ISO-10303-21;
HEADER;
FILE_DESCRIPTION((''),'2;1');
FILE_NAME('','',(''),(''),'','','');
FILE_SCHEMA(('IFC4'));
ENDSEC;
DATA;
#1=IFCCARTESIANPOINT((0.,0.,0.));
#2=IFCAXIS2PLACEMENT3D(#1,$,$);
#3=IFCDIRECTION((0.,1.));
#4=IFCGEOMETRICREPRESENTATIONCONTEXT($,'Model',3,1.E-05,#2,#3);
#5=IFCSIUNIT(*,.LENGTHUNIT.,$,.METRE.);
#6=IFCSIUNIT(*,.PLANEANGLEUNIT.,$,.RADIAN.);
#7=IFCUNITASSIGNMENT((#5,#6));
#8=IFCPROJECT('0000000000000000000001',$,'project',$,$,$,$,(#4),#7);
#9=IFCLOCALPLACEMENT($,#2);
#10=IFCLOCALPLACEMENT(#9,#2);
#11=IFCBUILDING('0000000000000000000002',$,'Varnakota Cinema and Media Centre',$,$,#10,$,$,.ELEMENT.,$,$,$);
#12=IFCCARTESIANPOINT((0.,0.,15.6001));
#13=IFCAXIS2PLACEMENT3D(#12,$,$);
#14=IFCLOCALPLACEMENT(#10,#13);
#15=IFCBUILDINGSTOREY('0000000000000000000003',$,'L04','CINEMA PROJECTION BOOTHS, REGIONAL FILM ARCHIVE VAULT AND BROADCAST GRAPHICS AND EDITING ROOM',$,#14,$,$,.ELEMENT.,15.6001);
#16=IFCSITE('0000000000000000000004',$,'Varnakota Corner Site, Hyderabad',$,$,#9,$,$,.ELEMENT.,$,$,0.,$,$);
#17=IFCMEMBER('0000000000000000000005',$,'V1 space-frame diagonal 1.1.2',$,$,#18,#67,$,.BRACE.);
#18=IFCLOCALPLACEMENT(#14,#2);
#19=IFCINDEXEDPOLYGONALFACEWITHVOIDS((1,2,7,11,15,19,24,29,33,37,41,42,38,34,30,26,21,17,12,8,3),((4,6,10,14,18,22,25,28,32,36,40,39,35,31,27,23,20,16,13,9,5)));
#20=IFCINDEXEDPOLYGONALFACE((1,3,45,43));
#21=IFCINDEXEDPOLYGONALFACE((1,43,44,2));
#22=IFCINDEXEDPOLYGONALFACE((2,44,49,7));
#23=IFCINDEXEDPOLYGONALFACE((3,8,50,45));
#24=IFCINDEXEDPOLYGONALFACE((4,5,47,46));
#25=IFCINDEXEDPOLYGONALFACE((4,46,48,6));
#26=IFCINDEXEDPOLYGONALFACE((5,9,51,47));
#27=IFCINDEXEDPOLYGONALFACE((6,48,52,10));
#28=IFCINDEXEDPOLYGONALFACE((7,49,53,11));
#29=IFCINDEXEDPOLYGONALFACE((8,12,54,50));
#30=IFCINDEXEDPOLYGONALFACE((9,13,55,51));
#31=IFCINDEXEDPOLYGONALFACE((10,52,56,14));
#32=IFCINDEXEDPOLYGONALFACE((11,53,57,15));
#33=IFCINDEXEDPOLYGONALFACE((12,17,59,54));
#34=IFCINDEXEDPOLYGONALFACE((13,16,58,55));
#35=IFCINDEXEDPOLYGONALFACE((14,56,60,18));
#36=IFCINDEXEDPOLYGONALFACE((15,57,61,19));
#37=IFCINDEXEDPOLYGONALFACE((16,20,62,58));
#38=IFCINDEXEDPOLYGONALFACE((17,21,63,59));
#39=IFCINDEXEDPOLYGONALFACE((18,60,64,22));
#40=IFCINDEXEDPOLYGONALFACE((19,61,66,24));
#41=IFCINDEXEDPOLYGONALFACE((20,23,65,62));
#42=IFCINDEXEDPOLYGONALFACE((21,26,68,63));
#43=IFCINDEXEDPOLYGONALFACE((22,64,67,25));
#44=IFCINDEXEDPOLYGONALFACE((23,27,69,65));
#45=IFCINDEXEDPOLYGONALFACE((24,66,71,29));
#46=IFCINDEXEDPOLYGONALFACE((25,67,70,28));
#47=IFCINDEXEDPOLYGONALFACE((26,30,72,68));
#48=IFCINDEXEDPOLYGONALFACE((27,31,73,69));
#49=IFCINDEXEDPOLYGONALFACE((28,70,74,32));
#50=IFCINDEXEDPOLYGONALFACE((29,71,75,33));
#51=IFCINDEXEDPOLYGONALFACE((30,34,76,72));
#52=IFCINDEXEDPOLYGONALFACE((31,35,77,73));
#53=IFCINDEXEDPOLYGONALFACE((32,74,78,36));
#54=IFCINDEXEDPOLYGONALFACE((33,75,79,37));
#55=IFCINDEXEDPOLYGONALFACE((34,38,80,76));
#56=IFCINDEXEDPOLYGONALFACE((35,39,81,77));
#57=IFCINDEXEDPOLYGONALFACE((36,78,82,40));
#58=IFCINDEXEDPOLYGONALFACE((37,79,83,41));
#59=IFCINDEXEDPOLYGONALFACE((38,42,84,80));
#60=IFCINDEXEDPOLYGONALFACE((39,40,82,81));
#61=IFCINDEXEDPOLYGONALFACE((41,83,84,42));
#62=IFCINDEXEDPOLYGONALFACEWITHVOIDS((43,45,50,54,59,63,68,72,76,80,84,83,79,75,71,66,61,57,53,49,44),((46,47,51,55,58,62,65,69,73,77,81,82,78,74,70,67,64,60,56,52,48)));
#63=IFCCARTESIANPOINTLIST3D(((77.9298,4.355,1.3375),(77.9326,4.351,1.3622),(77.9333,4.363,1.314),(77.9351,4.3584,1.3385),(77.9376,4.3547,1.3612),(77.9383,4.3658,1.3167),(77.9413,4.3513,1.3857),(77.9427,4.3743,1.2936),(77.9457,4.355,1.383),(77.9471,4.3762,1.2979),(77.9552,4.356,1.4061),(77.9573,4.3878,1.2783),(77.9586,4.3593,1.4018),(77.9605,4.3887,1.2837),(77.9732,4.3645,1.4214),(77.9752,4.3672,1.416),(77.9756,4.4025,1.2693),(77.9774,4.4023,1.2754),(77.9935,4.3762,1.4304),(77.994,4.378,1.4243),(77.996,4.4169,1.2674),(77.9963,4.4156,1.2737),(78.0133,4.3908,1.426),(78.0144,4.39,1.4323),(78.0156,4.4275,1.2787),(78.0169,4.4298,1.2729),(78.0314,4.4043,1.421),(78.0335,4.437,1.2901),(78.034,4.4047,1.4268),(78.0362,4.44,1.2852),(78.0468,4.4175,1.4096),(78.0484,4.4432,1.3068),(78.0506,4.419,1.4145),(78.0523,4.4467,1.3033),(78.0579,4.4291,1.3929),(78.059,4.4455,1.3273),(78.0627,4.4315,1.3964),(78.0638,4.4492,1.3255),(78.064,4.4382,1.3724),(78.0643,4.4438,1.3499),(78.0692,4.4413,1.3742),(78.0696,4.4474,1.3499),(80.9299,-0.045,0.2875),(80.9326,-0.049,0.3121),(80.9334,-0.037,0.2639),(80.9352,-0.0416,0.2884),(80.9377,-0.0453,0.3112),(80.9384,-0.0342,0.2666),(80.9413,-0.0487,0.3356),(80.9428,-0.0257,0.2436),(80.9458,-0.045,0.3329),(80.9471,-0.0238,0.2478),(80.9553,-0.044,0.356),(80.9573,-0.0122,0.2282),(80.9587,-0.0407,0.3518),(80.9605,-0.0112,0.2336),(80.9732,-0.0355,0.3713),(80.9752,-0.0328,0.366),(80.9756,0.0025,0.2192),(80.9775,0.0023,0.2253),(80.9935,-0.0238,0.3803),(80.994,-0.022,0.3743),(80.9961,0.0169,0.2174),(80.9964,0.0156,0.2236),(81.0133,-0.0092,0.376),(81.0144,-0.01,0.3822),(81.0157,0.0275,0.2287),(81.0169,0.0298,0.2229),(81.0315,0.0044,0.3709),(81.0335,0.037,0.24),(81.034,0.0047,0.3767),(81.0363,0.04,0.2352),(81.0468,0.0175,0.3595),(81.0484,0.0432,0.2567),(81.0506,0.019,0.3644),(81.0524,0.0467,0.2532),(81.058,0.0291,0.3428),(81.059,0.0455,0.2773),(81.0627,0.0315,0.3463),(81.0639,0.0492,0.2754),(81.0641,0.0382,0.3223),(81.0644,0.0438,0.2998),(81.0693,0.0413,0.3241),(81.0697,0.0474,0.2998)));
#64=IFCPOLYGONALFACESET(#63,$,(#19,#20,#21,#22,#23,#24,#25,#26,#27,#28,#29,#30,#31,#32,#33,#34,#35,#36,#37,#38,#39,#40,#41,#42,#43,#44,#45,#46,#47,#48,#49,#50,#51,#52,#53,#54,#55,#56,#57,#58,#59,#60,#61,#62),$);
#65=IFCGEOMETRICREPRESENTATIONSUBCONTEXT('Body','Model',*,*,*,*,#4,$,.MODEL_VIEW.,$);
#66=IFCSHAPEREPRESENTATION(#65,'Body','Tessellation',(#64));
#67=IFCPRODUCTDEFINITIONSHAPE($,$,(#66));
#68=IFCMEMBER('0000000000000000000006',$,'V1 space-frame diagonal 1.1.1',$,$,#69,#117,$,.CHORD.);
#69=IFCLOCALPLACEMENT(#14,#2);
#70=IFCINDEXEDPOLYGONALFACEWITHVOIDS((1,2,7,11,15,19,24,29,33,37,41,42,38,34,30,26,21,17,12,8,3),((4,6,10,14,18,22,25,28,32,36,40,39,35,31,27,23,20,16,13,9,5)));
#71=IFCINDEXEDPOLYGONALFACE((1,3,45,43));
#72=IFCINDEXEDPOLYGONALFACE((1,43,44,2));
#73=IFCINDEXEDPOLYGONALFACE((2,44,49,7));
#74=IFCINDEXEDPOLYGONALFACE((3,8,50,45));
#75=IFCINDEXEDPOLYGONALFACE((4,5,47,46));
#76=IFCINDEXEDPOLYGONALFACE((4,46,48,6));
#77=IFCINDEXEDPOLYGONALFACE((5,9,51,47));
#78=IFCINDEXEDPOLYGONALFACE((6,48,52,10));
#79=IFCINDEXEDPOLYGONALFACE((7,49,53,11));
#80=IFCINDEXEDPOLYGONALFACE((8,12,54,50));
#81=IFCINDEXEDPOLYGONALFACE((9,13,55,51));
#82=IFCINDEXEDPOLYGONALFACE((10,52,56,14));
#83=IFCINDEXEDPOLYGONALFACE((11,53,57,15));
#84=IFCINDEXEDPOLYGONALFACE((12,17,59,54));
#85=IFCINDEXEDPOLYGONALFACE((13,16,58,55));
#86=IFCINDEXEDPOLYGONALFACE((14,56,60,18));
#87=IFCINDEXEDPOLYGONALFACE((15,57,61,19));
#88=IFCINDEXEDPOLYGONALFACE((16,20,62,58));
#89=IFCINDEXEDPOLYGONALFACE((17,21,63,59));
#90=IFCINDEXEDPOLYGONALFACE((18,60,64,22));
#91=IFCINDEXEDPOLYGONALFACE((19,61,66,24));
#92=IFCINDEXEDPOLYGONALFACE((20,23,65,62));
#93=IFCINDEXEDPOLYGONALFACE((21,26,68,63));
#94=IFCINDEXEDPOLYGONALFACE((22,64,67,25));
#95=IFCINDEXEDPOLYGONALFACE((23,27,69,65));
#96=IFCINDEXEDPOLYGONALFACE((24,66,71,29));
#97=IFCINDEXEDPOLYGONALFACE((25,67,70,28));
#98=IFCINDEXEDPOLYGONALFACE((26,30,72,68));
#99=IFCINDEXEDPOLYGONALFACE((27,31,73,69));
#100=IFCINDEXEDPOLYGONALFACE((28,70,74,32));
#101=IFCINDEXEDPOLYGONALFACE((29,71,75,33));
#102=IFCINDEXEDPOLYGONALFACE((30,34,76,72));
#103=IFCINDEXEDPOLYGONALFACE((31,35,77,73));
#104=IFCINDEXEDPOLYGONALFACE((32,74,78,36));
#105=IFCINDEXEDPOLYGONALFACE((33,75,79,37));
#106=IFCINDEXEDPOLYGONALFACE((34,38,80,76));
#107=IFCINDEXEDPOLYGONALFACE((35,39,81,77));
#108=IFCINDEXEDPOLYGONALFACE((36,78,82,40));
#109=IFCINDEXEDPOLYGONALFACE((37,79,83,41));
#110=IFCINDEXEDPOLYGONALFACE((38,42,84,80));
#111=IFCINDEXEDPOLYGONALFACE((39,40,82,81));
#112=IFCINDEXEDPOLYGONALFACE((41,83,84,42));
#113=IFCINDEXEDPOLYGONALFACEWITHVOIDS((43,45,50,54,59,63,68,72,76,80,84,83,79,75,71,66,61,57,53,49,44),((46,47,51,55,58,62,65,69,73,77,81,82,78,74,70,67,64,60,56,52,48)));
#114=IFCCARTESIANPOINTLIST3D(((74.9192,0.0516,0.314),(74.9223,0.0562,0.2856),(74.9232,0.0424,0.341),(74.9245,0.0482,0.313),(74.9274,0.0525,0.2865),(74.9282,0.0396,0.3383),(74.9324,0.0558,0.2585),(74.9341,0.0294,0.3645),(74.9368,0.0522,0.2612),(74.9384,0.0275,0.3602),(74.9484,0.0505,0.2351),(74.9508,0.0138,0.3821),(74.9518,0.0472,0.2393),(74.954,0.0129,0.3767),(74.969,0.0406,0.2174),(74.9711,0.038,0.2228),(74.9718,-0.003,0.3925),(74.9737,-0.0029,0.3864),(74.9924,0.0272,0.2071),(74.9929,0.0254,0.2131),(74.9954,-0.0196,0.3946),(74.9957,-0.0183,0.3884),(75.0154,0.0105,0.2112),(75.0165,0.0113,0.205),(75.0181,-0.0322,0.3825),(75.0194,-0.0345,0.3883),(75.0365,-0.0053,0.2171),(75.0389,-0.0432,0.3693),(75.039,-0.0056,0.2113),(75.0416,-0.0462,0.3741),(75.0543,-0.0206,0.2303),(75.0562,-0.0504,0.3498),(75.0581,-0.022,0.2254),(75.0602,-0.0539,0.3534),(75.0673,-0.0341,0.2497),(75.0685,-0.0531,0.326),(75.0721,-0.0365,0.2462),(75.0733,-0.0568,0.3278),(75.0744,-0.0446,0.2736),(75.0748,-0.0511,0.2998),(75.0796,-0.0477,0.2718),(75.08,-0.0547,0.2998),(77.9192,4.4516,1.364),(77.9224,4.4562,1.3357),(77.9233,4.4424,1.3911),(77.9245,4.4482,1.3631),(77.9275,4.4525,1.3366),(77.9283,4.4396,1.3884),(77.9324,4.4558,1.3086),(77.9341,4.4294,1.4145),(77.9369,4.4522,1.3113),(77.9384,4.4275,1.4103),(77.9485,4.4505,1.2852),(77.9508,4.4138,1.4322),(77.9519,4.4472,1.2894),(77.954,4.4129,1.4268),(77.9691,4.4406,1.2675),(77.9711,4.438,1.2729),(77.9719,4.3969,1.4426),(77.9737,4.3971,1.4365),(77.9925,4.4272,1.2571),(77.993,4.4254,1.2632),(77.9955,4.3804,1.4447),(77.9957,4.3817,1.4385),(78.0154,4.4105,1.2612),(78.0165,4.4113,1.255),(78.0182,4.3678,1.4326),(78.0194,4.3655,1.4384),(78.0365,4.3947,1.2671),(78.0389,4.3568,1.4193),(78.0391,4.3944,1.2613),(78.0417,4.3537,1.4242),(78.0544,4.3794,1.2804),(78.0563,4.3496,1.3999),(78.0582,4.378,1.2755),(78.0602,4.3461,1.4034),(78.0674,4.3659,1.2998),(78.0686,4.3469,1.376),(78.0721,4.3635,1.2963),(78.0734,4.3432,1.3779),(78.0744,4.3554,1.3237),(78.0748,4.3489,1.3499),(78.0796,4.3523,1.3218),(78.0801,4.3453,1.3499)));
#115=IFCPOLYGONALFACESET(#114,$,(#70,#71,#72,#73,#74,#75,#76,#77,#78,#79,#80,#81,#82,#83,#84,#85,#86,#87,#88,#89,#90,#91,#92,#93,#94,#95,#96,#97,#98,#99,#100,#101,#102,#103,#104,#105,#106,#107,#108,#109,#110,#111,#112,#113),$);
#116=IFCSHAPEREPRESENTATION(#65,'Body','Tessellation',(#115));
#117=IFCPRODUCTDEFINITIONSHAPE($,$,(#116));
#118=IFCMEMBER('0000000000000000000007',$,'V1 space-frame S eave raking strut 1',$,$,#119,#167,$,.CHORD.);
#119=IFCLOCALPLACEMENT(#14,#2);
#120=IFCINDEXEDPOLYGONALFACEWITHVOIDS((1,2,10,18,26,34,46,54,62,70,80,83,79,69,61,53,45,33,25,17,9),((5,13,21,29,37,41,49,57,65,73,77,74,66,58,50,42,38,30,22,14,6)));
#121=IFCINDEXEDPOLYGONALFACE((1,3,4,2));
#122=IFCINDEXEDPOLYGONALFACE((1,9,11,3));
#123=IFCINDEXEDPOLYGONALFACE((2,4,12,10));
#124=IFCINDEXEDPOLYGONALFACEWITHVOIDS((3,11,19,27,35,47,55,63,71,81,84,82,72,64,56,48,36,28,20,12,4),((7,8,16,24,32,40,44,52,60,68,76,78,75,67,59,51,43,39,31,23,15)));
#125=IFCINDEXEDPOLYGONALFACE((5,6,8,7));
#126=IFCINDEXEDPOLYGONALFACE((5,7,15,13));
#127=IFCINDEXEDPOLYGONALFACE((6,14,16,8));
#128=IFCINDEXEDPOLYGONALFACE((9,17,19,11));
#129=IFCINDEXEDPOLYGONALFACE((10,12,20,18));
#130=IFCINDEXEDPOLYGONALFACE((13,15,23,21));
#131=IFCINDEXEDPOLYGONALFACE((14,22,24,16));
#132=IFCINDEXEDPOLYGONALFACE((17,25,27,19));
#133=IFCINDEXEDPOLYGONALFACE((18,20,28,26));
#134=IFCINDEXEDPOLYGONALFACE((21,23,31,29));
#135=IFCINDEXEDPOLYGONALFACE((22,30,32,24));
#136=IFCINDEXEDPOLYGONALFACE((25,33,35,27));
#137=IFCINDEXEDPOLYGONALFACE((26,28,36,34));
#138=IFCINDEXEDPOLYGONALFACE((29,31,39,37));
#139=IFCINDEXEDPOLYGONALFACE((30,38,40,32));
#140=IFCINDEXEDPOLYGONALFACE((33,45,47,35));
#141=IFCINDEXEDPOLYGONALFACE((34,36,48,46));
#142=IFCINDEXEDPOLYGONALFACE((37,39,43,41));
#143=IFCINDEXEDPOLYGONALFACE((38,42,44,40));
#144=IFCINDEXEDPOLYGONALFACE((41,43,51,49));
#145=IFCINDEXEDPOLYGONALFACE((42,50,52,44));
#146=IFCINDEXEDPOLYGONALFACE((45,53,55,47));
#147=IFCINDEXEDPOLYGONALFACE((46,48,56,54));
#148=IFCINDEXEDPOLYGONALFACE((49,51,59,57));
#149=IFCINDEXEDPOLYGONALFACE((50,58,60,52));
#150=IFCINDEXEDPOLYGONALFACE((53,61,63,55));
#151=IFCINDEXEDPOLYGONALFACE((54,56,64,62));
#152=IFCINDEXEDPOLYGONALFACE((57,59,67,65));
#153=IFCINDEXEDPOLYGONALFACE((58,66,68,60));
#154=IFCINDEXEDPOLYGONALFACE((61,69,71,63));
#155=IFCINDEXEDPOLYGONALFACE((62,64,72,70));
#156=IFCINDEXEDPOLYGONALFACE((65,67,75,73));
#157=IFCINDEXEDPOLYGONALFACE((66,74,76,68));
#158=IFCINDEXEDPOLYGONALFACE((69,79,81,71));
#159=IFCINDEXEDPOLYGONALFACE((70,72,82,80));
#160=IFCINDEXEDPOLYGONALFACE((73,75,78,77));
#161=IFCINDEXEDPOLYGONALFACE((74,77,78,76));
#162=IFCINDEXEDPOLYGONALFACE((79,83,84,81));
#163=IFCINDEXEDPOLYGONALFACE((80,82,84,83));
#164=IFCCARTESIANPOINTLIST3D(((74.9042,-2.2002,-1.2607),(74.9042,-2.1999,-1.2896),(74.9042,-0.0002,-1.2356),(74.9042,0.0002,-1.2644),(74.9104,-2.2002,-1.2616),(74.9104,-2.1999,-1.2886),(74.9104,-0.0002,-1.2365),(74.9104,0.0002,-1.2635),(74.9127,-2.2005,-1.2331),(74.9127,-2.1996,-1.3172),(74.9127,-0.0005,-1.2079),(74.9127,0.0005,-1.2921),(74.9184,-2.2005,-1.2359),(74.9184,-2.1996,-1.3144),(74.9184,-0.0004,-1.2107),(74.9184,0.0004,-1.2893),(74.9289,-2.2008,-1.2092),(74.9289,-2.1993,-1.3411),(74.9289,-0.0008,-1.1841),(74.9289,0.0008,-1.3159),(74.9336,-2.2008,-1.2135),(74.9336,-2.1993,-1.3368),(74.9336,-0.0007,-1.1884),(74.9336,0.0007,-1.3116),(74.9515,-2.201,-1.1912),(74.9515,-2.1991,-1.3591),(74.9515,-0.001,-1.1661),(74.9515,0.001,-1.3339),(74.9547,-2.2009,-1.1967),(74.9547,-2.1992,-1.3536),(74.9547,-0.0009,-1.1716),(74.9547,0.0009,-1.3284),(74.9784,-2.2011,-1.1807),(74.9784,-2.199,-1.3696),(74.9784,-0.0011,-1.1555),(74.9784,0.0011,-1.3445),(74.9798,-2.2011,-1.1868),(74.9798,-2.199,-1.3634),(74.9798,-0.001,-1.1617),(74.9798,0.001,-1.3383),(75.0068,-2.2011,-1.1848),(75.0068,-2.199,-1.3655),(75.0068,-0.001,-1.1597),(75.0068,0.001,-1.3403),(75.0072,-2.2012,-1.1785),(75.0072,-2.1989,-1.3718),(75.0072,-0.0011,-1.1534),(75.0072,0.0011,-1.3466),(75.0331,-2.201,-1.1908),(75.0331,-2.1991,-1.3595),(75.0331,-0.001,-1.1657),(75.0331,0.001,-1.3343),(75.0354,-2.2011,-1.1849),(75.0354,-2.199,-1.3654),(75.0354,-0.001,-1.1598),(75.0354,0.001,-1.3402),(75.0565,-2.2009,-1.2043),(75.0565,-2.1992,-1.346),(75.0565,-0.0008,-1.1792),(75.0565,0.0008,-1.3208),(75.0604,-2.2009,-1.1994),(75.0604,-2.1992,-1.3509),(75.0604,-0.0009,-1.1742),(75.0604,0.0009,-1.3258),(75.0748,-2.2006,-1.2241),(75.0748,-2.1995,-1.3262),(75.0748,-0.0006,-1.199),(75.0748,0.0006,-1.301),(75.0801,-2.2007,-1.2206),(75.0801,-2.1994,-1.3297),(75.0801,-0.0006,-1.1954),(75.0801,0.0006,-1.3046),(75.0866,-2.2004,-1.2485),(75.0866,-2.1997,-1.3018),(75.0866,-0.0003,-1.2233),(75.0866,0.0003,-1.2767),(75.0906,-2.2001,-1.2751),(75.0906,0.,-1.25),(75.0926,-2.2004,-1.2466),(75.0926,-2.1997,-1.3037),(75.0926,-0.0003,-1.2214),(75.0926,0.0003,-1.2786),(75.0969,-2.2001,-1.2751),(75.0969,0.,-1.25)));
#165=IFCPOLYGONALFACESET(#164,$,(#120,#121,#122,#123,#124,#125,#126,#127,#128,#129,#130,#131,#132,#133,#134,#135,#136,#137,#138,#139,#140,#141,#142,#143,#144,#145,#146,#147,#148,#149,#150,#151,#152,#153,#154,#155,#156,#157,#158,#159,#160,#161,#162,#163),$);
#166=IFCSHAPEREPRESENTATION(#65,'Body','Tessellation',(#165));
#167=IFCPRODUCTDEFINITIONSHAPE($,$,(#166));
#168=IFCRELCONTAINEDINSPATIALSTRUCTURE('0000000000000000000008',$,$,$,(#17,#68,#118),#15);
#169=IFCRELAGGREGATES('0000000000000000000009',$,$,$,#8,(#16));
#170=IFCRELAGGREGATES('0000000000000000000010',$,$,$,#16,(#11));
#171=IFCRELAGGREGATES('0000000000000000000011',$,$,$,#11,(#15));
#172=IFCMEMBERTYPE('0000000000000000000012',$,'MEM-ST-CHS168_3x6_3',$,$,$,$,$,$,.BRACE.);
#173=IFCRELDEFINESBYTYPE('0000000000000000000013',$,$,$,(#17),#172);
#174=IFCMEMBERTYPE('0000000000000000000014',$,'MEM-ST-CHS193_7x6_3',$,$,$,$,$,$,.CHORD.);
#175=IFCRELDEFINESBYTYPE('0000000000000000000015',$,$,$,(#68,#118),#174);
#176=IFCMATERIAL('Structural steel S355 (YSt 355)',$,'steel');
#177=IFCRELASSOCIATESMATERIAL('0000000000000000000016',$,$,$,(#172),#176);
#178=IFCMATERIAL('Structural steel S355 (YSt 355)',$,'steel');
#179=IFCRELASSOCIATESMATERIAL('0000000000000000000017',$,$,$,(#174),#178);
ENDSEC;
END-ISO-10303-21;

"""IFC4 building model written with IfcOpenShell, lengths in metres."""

from ifc_helpers import new_model, si_unit, direction, frame, origin, origin_2d, place, context, subcontext, project, spatial, hollow_circle, extrude, material, material_profile, profile_set, type_object, element, save


model = new_model("IFC4")

# Units and contexts
model_context = context("Model", 3, precision=1e-05, world=origin(), true_north=direction((0.0, 1.0)))
body_context = subcontext(model_context, "Body", "Model", "MODEL_VIEW")
ifc_project = project(units=[si_unit("LENGTHUNIT", "METRE"), si_unit("PLANEANGLEUNIT", "RADIAN")], contexts=[model_context])

# Site, building, storey
site_placement = place(None, origin())
site = spatial("IfcSite", under=ifc_project, at=site_placement, Name="Varnakota Corner Site, Hyderabad", CompositionType="ELEMENT", RefElevation=0.0)
building_placement = place(site_placement, origin())
building = spatial("IfcBuilding", under=site, at=building_placement, Name="Varnakota Cinema and Media Centre", CompositionType="ELEMENT")
storey_placement = place(building_placement, frame((0.0, 0.0, 15.6001)))
storey = spatial("IfcBuildingStorey", under=building, at=storey_placement, Name="L04", Description="CINEMA PROJECTION BOOTHS, REGIONAL FILM ARCHIVE VAULT AND BROADCAST GRAPHICS AND EDITING ROOM", CompositionType="ELEMENT", Elevation=15.6001)

# Members
ifc_material_1 = material(Name="Structural steel S355 (YSt 355)", Category="steel")
ifc_material_profile_1 = material_profile(ifc_material_1, hollow_circle(Radius=0.0842, WallThickness=0.0063, at=origin_2d()), Name="CHS 168.3x6.3")
ifc_profile_set_1 = profile_set([ifc_material_profile_1], Name="Structural steel S355 (YSt 355)")
member_type_1 = type_object("IfcMemberType", Name="MEM-ST-CHS168_3x6_3", PredefinedType="BRACE", material=ifc_profile_set_1)
member_1_placement = place(storey_placement, frame((78.0, 4.3999, 1.3499), z_axis=(0.552703, -0.810613, -0.193455), x_axis=(0.826222, 0.563345, 0.0)))
element("IfcMember", 1, at=member_1_placement, inside=storey, type_object=member_type_1, Name="V1 space-frame diagonal 1.1.2", PredefinedType="BRACE", context=body_context, shape_type="SweptSolid", body=[
    extrude(hollow_circle(Radius=0.0842, WallThickness=0.0063, at=origin_2d()), origin(), (0.0, 0.0, 1.0), 5.428),
])
ifc_material_2 = material(Name="Structural steel S355 (YSt 355)", Category="steel")
ifc_material_profile_2 = material_profile(ifc_material_2, hollow_circle(Radius=0.0969, WallThickness=0.0063, at=origin_2d()), Name="CHS 193.7x6.3")
ifc_profile_set_2 = profile_set([ifc_material_profile_2], Name="Structural steel S355 (YSt 355)")
member_type_2 = type_object("IfcMemberType", Name="MEM-ST-CHS193_7x6_3", PredefinedType="CHORD", material=ifc_profile_set_2)
member_2_placement = place(storey_placement, frame((78.0, 4.3999, 1.3499), z_axis=(-0.552703, -0.810613, -0.193455), x_axis=(0.826222, -0.563345, 0.0)))
element("IfcMember", 2, at=member_2_placement, inside=storey, type_object=member_type_2, Name="V1 space-frame diagonal 1.1.1", PredefinedType="CHORD", context=body_context, shape_type="SweptSolid", body=[
    extrude(hollow_circle(Radius=0.0969, WallThickness=0.0063, at=origin_2d()), origin(), (0.0, 0.0, 1.0), 5.428),
])
member_3_placement = place(storey_placement, frame((75.0, 0.0, -1.25), z_axis=(0.0, -0.999935, -0.01143), x_axis=(1.0, 0.0, 0.0)))
element("IfcMember", 3, at=member_3_placement, inside=storey, type_object=member_type_2, Name="V1 space-frame S eave raking strut 1", PredefinedType="CHORD", context=body_context, shape_type="SweptSolid", body=[
    extrude(hollow_circle(Radius=0.0969, WallThickness=0.0063, at=origin_2d()), origin(), (0.0, 0.0, 1.0), 2.2002),
])

save(model, "model.ifc")
